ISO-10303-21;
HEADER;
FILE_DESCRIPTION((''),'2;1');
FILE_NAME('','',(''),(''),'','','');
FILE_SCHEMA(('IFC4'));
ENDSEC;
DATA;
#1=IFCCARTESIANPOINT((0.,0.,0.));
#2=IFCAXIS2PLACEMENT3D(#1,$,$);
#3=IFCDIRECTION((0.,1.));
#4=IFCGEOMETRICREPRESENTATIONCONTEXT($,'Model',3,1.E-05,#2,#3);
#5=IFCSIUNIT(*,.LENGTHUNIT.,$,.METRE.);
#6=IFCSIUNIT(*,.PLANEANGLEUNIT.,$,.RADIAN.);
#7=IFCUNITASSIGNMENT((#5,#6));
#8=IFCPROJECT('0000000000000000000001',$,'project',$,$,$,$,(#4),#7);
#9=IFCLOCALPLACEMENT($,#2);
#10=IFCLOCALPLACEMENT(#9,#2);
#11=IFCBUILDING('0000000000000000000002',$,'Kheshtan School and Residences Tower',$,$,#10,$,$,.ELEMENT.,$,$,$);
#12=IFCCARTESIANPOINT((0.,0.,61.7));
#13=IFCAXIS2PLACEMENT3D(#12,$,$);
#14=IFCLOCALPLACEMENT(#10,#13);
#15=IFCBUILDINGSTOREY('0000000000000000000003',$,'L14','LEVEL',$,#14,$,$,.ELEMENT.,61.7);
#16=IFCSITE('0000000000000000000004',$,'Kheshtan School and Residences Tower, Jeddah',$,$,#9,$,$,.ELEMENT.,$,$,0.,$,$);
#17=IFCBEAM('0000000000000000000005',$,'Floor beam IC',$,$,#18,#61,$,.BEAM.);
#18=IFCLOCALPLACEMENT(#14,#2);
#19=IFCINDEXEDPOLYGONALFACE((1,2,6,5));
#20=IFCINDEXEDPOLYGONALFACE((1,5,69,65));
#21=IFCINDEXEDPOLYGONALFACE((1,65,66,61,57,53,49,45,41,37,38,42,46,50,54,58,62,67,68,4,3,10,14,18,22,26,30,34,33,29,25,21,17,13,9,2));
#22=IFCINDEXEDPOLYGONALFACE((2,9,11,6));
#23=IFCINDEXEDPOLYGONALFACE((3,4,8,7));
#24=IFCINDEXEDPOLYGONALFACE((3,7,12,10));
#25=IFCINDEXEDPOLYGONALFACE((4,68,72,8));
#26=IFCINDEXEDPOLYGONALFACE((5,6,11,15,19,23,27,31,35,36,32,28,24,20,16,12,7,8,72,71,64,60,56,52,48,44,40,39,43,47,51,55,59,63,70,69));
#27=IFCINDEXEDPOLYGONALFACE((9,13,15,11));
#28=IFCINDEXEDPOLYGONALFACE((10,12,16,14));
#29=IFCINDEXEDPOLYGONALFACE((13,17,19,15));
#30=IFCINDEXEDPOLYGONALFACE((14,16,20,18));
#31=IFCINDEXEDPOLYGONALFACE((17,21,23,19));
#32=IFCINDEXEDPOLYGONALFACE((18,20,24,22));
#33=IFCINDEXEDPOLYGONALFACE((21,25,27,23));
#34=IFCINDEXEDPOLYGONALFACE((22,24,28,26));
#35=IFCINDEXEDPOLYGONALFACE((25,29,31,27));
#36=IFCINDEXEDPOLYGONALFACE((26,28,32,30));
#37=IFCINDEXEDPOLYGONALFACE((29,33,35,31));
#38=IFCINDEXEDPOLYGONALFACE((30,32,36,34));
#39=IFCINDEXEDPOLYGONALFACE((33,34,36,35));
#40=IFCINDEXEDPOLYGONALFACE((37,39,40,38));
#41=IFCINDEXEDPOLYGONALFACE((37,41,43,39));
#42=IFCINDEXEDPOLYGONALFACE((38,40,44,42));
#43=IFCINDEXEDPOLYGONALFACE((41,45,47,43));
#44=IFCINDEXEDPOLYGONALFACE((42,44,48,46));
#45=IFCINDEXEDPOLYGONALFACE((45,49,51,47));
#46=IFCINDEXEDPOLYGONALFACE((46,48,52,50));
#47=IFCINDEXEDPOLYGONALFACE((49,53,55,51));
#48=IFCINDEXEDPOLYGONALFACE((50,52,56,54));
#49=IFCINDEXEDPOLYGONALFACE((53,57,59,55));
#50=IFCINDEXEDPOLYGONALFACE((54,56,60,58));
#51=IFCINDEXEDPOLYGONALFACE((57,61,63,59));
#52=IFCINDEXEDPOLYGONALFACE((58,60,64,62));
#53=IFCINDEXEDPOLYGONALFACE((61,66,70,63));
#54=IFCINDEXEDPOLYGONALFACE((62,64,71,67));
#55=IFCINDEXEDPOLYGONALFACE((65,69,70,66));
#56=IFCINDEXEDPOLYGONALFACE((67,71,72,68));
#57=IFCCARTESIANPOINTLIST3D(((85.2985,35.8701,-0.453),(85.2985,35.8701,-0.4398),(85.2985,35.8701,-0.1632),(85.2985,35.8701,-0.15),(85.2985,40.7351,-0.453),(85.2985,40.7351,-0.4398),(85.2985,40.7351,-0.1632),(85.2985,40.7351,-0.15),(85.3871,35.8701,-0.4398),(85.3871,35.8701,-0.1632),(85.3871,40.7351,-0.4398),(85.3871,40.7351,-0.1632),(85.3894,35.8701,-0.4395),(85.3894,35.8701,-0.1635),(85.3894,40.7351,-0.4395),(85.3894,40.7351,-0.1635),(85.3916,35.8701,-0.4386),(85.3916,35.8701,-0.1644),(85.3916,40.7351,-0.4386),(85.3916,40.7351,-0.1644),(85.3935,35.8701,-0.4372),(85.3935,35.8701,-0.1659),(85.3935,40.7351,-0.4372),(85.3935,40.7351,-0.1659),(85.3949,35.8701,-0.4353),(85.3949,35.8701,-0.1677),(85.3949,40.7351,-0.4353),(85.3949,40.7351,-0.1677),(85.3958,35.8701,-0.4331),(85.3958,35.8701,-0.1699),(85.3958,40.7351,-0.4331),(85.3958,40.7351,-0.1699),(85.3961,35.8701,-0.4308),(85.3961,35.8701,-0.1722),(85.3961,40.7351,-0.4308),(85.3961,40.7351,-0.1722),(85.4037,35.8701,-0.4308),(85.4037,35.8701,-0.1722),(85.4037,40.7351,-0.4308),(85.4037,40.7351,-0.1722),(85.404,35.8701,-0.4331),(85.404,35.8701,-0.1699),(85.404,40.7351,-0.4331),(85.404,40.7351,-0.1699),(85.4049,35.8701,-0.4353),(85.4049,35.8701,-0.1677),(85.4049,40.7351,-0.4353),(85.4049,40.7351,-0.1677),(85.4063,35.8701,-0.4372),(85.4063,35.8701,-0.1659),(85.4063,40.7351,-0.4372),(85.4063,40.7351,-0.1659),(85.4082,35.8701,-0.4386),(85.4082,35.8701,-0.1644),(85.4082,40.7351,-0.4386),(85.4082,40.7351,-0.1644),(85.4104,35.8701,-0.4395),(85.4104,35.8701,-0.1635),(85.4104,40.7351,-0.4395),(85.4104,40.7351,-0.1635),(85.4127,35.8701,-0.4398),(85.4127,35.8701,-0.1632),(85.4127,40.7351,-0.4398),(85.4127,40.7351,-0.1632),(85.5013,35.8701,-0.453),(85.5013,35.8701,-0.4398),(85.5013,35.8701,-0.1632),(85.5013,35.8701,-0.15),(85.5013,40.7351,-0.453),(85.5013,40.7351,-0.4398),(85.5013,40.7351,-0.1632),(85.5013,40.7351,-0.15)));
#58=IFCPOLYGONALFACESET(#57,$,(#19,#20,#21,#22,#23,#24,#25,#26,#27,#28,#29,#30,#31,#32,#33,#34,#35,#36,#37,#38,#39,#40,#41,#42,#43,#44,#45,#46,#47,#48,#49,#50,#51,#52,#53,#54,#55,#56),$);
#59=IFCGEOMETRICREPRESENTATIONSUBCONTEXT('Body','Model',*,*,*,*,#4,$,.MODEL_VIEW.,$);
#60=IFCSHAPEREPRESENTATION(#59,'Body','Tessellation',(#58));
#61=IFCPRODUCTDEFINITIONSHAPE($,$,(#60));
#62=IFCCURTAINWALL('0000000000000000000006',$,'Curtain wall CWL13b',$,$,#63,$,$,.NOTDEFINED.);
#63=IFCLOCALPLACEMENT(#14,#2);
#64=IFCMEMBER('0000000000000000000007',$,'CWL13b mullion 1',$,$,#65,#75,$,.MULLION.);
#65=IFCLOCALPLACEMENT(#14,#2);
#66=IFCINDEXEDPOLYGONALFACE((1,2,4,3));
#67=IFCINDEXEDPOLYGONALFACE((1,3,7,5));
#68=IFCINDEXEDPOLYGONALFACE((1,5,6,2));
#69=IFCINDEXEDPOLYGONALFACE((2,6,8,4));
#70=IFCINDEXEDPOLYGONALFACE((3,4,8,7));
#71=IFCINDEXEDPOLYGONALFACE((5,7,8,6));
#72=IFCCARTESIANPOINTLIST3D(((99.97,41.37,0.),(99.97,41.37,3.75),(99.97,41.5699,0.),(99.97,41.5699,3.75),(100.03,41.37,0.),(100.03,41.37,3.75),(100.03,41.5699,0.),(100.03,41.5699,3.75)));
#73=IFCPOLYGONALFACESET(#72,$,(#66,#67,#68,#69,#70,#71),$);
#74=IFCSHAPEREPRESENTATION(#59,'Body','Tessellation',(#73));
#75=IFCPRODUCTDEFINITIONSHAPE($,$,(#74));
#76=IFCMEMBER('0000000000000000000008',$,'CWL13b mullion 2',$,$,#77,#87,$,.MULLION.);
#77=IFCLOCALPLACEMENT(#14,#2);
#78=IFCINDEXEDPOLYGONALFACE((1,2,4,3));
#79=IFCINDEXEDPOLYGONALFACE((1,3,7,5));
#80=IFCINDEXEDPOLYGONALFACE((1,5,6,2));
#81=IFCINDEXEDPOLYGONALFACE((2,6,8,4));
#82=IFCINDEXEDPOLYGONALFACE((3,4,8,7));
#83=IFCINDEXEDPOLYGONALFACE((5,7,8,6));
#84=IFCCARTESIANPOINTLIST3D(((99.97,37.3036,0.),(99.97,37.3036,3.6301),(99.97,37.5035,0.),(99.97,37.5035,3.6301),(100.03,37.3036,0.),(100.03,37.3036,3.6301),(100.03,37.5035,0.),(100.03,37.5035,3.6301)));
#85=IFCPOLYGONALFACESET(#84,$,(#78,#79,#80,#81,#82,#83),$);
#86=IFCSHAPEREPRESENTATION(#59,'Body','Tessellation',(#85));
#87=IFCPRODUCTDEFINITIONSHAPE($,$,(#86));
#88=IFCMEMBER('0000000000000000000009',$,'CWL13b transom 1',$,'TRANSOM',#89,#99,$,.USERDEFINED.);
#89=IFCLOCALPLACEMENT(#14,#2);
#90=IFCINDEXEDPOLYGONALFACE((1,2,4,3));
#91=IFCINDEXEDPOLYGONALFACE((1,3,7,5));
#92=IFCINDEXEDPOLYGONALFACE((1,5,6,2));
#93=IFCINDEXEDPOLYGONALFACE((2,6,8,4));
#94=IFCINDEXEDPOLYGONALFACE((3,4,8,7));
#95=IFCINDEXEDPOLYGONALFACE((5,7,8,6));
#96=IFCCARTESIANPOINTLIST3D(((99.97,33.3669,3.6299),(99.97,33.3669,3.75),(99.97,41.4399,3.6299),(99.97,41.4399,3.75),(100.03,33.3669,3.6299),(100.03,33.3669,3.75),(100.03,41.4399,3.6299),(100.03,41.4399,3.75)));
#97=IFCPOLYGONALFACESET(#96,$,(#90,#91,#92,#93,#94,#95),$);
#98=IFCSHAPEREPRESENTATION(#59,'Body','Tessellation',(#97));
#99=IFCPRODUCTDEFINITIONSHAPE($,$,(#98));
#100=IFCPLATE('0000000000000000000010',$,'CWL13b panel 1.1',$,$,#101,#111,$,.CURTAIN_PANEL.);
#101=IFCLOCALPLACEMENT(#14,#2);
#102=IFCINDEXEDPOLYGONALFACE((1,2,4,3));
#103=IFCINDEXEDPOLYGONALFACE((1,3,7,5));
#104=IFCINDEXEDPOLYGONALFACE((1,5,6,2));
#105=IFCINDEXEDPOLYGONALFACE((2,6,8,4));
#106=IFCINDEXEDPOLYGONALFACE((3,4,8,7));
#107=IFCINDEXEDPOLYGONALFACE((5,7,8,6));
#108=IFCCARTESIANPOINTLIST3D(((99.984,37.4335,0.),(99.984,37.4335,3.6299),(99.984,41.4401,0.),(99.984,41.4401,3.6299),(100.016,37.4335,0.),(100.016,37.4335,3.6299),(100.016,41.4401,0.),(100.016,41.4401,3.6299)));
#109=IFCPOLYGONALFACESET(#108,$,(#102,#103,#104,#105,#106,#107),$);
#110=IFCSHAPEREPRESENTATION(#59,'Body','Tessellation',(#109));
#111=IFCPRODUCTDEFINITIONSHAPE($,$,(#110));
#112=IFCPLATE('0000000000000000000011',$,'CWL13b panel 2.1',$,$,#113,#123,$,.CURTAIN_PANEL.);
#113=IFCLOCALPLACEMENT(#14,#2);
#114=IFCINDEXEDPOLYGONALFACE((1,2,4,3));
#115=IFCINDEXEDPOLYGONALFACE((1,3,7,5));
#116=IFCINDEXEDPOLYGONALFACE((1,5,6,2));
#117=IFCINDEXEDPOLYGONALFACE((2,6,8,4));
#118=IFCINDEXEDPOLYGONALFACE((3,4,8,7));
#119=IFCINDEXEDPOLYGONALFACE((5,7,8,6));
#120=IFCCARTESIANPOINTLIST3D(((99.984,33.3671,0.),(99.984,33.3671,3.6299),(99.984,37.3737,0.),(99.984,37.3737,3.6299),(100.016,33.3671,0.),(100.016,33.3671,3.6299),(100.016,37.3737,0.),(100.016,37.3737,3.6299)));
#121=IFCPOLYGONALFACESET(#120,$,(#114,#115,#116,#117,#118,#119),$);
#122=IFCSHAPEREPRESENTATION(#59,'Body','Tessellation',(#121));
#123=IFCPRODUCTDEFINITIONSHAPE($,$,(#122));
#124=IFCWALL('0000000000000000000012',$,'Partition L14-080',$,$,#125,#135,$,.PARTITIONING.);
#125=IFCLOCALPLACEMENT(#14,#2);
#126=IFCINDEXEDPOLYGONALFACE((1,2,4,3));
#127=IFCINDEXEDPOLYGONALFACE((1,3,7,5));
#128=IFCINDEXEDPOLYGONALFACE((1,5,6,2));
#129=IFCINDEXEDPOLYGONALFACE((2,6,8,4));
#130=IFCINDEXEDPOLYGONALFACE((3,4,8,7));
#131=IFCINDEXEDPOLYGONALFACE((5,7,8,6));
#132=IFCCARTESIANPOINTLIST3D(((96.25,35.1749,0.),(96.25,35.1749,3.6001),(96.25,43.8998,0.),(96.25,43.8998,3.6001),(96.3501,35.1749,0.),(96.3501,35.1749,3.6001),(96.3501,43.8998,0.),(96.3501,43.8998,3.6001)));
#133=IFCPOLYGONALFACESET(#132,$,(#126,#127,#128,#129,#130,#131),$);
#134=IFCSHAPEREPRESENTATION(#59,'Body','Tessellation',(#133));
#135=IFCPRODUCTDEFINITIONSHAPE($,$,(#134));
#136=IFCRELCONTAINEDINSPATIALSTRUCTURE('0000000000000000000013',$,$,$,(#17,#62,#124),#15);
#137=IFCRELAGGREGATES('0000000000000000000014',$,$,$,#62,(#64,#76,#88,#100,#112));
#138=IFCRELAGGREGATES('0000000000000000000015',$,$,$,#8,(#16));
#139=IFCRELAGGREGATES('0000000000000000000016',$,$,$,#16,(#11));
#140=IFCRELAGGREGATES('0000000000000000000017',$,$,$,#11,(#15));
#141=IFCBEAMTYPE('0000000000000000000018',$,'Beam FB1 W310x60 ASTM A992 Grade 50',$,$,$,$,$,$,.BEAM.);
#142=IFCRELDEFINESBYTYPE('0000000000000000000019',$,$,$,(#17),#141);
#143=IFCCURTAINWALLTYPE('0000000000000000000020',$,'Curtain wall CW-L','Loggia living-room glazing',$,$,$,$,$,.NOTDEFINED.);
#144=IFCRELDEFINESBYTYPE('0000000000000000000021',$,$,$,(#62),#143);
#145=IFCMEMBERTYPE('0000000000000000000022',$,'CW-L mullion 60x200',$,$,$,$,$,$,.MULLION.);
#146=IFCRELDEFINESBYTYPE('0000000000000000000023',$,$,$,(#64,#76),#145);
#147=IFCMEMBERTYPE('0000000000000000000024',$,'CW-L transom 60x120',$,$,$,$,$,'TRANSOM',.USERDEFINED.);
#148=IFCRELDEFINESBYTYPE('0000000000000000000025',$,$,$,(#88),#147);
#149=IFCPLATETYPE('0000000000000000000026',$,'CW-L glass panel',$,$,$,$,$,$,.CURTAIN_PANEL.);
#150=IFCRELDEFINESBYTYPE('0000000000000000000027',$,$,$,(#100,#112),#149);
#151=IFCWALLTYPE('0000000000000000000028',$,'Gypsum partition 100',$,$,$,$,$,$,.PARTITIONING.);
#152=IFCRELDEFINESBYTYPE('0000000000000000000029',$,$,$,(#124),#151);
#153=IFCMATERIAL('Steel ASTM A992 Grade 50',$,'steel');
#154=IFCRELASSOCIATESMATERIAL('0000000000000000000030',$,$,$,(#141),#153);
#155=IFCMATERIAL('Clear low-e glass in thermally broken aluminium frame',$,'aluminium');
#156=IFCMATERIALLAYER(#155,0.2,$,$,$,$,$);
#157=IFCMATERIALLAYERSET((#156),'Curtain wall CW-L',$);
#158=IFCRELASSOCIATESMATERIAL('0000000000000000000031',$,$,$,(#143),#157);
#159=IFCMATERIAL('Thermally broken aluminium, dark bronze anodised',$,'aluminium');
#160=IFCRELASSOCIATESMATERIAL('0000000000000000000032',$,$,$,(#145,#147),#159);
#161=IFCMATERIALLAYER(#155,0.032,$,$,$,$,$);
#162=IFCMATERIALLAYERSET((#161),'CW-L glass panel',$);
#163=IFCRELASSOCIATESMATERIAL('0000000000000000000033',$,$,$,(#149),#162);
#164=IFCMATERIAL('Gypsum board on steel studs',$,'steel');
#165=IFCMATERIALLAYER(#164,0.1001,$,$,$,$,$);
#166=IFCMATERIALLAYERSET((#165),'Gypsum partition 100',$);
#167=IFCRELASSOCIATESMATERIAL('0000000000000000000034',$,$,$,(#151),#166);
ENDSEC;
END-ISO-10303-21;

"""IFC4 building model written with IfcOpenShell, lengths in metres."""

from ifc_helpers import new_model, si_unit, direction, frame, frame_2d, origin, origin_2d, place, context, subcontext, project, spatial, rectangle, i_section, extrude, material, layer, layer_set, material_profile, profile_set, type_object, element, aggregate, save


model = new_model("IFC4")

# Units and contexts
model_context = context("Model", 3, precision=1e-05, world=origin(), true_north=direction((0.0, 1.0)))
body_context = subcontext(model_context, "Body", "Model", "MODEL_VIEW")
ifc_project = project(units=[si_unit("LENGTHUNIT", "METRE"), si_unit("PLANEANGLEUNIT", "RADIAN")], contexts=[model_context])

# Site, building, storey
site_placement = place(None, origin())
site = spatial("IfcSite", under=ifc_project, at=site_placement, Name="Kheshtan School and Residences Tower, Jeddah", CompositionType="ELEMENT", RefElevation=0.0)
building_placement = place(site_placement, origin())
building = spatial("IfcBuilding", under=site, at=building_placement, Name="Kheshtan School and Residences Tower", CompositionType="ELEMENT")
storey_placement = place(building_placement, frame((0.0, 0.0, 61.7)))
storey = spatial("IfcBuildingStorey", under=building, at=storey_placement, Name="L14", Description="LEVEL", CompositionType="ELEMENT", Elevation=61.7)

# Beam
ifc_material_1 = material(Name="Steel ASTM A992 Grade 50", Category="steel")
ifc_material_profile_1 = material_profile(ifc_material_1, i_section(OverallWidth=0.2029, OverallDepth=0.303, WebThickness=0.0076, FlangeThickness=0.0132, FilletRadius=0.009, at=origin_2d()), Name="W310x60")
ifc_profile_set_1 = profile_set([ifc_material_profile_1], Name="Steel ASTM A992 Grade 50")
beam_type = type_object("IfcBeamType", Name="Beam FB1 W310x60 ASTM A992 Grade 50", PredefinedType="BEAM", material=ifc_profile_set_1)
beam_placement = place(storey_placement, frame((85.3999, 40.7351, -0.3015), z_axis=(0.0, -1.0, 0.0), x_axis=(1.0, 0.0, 0.0)))
element("IfcBeam", 1, at=beam_placement, inside=storey, type_object=beam_type, Name="Floor beam IC", PredefinedType="BEAM", context=body_context, shape_type="SweptSolid", body=[
    extrude(i_section(OverallWidth=0.2029, OverallDepth=0.303, WebThickness=0.0076, FlangeThickness=0.0132, FilletRadius=0.009, at=origin_2d()), origin(), (0.0, 0.0, 1.0), 4.865),
])

# Curtain wall, members, plates
ifc_material_2 = material(Name="Clear low-e glass in thermally broken aluminium frame", Category="aluminium")
ifc_layer_1 = layer(ifc_material_2, 0.2)
ifc_layer_set_1 = layer_set([ifc_layer_1], Name="Curtain wall CW-L")
curtain_wall_type = type_object("IfcCurtainWallType", Name="Curtain wall CW-L", Description="Loggia living-room glazing", PredefinedType="NOTDEFINED", material=ifc_layer_set_1)
curtain_wall_placement = place(storey_placement, origin())
curtain_wall = element("IfcCurtainWall", 2, at=curtain_wall_placement, inside=storey, type_object=curtain_wall_type, Name="Curtain wall CWL13b", PredefinedType="NOTDEFINED")
ifc_material_3 = material(Name="Thermally broken aluminium, dark bronze anodised", Category="aluminium")
ifc_material_profile_2 = material_profile(ifc_material_3, rectangle(XDim=0.0601, YDim=0.2, at=origin_2d()), Name="CW-L mullion 60x200")
ifc_profile_set_2 = profile_set([ifc_material_profile_2], Name="Thermally broken aluminium, dark bronze anodised")
member_type_1 = type_object("IfcMemberType", Name="CW-L mullion 60x200", PredefinedType="MULLION", material=ifc_profile_set_2)
member_1_placement = place(storey_placement, frame((100.0, 41.47, 0.0), z_axis=(0.0, 0.0, 1.0), x_axis=(1.0, 0.0, 0.0)))
member_1 = element("IfcMember", 3, at=member_1_placement, type_object=member_type_1, Name="CWL13b mullion 1", PredefinedType="MULLION", context=body_context, shape_type="SweptSolid", body=[
    extrude(rectangle(XDim=0.0601, YDim=0.2, at=origin_2d()), origin(), (0.0, 0.0, 1.0), 3.75),
])
member_2_placement = place(storey_placement, frame((100.0, 37.4036, 0.0), z_axis=(0.0, 0.0, 1.0), x_axis=(1.0, 0.0, 0.0)))
member_2 = element("IfcMember", 4, at=member_2_placement, type_object=member_type_1, Name="CWL13b mullion 2", PredefinedType="MULLION", context=body_context, shape_type="SweptSolid", body=[
    extrude(rectangle(XDim=0.0601, YDim=0.2, at=origin_2d()), origin(), (0.0, 0.0, 1.0), 3.6301),
])
ifc_material_profile_3 = material_profile(ifc_material_3, rectangle(XDim=0.0601, YDim=0.1201, at=origin_2d()), Name="CW-L transom 60x120")
ifc_profile_set_3 = profile_set([ifc_material_profile_3], Name="Thermally broken aluminium, dark bronze anodised")
member_type_2 = type_object("IfcMemberType", Name="CW-L transom 60x120", ElementType="TRANSOM", PredefinedType="USERDEFINED", material=ifc_profile_set_3)
member_3_placement = place(storey_placement, frame((100.0, 41.4399, 3.6899), z_axis=(0.0, -1.0, 0.0), x_axis=(1.0, 0.0, 0.0)))
member_3 = element("IfcMember", 5, at=member_3_placement, type_object=member_type_2, Name="CWL13b transom 1", ObjectType="TRANSOM", PredefinedType="USERDEFINED", context=body_context, shape_type="SweptSolid", body=[
    extrude(rectangle(XDim=0.0601, YDim=0.1201, at=origin_2d()), origin(), (0.0, 0.0, 1.0), 8.073),
])
ifc_layer_2 = layer(ifc_material_2, 0.032)
ifc_layer_set_2 = layer_set([ifc_layer_2], Name="CW-L glass panel")
plate_type = type_object("IfcPlateType", Name="CW-L glass panel", PredefinedType="CURTAIN_PANEL", material=ifc_layer_set_2)
plate_1_placement = place(storey_placement, frame((100.0, 39.4368, 0.0), z_axis=(0.0, 0.0, 1.0), x_axis=(0.0, -1.0, 0.0)))
plate_1 = element("IfcPlate", 6, at=plate_1_placement, type_object=plate_type, Name="CWL13b panel 1.1", PredefinedType="CURTAIN_PANEL", context=body_context, shape_type="SweptSolid", body=[
    extrude(rectangle(XDim=4.0066, YDim=0.032, at=origin_2d()), origin(), (0.0, 0.0, 1.0), 3.6299),
])
plate_2_placement = place(storey_placement, frame((100.0, 35.3704, 0.0), z_axis=(0.0, 0.0, 1.0), x_axis=(0.0, -1.0, 0.0)))
plate_2 = element("IfcPlate", 7, at=plate_2_placement, type_object=plate_type, Name="CWL13b panel 2.1", PredefinedType="CURTAIN_PANEL", context=body_context, shape_type="SweptSolid", body=[
    extrude(rectangle(XDim=4.0066, YDim=0.032, at=origin_2d()), origin(), (0.0, 0.0, 1.0), 3.6299),
])
aggregate(curtain_wall, [member_1, member_2, member_3, plate_1, plate_2])

# Wall
ifc_material_4 = material(Name="Gypsum board on steel studs", Category="steel")
ifc_layer_3 = layer(ifc_material_4, 0.1001)
ifc_layer_set_3 = layer_set([ifc_layer_3], Name="Gypsum partition 100")
wall_type_1 = type_object("IfcWallType", Name="Gypsum partition 100", PredefinedType="PARTITIONING", material=ifc_layer_set_3)
wall_1_placement = place(storey_placement, frame((96.3, 35.175, 0.0), z_axis=(0.0, 0.0, 1.0), x_axis=(0.0, 1.0, 0.0)))
element("IfcWall", 8, at=wall_1_placement, inside=storey, type_object=wall_type_1, Name="Partition L14-080", PredefinedType="PARTITIONING", context=body_context, shape_type="SweptSolid", body=[
    extrude(rectangle(XDim=8.7249, YDim=0.1001, at=frame_2d((4.3623, 0.0))), origin(), (0.0, 0.0, 1.0), 3.6001),
])

save(model, "model.ifc")
